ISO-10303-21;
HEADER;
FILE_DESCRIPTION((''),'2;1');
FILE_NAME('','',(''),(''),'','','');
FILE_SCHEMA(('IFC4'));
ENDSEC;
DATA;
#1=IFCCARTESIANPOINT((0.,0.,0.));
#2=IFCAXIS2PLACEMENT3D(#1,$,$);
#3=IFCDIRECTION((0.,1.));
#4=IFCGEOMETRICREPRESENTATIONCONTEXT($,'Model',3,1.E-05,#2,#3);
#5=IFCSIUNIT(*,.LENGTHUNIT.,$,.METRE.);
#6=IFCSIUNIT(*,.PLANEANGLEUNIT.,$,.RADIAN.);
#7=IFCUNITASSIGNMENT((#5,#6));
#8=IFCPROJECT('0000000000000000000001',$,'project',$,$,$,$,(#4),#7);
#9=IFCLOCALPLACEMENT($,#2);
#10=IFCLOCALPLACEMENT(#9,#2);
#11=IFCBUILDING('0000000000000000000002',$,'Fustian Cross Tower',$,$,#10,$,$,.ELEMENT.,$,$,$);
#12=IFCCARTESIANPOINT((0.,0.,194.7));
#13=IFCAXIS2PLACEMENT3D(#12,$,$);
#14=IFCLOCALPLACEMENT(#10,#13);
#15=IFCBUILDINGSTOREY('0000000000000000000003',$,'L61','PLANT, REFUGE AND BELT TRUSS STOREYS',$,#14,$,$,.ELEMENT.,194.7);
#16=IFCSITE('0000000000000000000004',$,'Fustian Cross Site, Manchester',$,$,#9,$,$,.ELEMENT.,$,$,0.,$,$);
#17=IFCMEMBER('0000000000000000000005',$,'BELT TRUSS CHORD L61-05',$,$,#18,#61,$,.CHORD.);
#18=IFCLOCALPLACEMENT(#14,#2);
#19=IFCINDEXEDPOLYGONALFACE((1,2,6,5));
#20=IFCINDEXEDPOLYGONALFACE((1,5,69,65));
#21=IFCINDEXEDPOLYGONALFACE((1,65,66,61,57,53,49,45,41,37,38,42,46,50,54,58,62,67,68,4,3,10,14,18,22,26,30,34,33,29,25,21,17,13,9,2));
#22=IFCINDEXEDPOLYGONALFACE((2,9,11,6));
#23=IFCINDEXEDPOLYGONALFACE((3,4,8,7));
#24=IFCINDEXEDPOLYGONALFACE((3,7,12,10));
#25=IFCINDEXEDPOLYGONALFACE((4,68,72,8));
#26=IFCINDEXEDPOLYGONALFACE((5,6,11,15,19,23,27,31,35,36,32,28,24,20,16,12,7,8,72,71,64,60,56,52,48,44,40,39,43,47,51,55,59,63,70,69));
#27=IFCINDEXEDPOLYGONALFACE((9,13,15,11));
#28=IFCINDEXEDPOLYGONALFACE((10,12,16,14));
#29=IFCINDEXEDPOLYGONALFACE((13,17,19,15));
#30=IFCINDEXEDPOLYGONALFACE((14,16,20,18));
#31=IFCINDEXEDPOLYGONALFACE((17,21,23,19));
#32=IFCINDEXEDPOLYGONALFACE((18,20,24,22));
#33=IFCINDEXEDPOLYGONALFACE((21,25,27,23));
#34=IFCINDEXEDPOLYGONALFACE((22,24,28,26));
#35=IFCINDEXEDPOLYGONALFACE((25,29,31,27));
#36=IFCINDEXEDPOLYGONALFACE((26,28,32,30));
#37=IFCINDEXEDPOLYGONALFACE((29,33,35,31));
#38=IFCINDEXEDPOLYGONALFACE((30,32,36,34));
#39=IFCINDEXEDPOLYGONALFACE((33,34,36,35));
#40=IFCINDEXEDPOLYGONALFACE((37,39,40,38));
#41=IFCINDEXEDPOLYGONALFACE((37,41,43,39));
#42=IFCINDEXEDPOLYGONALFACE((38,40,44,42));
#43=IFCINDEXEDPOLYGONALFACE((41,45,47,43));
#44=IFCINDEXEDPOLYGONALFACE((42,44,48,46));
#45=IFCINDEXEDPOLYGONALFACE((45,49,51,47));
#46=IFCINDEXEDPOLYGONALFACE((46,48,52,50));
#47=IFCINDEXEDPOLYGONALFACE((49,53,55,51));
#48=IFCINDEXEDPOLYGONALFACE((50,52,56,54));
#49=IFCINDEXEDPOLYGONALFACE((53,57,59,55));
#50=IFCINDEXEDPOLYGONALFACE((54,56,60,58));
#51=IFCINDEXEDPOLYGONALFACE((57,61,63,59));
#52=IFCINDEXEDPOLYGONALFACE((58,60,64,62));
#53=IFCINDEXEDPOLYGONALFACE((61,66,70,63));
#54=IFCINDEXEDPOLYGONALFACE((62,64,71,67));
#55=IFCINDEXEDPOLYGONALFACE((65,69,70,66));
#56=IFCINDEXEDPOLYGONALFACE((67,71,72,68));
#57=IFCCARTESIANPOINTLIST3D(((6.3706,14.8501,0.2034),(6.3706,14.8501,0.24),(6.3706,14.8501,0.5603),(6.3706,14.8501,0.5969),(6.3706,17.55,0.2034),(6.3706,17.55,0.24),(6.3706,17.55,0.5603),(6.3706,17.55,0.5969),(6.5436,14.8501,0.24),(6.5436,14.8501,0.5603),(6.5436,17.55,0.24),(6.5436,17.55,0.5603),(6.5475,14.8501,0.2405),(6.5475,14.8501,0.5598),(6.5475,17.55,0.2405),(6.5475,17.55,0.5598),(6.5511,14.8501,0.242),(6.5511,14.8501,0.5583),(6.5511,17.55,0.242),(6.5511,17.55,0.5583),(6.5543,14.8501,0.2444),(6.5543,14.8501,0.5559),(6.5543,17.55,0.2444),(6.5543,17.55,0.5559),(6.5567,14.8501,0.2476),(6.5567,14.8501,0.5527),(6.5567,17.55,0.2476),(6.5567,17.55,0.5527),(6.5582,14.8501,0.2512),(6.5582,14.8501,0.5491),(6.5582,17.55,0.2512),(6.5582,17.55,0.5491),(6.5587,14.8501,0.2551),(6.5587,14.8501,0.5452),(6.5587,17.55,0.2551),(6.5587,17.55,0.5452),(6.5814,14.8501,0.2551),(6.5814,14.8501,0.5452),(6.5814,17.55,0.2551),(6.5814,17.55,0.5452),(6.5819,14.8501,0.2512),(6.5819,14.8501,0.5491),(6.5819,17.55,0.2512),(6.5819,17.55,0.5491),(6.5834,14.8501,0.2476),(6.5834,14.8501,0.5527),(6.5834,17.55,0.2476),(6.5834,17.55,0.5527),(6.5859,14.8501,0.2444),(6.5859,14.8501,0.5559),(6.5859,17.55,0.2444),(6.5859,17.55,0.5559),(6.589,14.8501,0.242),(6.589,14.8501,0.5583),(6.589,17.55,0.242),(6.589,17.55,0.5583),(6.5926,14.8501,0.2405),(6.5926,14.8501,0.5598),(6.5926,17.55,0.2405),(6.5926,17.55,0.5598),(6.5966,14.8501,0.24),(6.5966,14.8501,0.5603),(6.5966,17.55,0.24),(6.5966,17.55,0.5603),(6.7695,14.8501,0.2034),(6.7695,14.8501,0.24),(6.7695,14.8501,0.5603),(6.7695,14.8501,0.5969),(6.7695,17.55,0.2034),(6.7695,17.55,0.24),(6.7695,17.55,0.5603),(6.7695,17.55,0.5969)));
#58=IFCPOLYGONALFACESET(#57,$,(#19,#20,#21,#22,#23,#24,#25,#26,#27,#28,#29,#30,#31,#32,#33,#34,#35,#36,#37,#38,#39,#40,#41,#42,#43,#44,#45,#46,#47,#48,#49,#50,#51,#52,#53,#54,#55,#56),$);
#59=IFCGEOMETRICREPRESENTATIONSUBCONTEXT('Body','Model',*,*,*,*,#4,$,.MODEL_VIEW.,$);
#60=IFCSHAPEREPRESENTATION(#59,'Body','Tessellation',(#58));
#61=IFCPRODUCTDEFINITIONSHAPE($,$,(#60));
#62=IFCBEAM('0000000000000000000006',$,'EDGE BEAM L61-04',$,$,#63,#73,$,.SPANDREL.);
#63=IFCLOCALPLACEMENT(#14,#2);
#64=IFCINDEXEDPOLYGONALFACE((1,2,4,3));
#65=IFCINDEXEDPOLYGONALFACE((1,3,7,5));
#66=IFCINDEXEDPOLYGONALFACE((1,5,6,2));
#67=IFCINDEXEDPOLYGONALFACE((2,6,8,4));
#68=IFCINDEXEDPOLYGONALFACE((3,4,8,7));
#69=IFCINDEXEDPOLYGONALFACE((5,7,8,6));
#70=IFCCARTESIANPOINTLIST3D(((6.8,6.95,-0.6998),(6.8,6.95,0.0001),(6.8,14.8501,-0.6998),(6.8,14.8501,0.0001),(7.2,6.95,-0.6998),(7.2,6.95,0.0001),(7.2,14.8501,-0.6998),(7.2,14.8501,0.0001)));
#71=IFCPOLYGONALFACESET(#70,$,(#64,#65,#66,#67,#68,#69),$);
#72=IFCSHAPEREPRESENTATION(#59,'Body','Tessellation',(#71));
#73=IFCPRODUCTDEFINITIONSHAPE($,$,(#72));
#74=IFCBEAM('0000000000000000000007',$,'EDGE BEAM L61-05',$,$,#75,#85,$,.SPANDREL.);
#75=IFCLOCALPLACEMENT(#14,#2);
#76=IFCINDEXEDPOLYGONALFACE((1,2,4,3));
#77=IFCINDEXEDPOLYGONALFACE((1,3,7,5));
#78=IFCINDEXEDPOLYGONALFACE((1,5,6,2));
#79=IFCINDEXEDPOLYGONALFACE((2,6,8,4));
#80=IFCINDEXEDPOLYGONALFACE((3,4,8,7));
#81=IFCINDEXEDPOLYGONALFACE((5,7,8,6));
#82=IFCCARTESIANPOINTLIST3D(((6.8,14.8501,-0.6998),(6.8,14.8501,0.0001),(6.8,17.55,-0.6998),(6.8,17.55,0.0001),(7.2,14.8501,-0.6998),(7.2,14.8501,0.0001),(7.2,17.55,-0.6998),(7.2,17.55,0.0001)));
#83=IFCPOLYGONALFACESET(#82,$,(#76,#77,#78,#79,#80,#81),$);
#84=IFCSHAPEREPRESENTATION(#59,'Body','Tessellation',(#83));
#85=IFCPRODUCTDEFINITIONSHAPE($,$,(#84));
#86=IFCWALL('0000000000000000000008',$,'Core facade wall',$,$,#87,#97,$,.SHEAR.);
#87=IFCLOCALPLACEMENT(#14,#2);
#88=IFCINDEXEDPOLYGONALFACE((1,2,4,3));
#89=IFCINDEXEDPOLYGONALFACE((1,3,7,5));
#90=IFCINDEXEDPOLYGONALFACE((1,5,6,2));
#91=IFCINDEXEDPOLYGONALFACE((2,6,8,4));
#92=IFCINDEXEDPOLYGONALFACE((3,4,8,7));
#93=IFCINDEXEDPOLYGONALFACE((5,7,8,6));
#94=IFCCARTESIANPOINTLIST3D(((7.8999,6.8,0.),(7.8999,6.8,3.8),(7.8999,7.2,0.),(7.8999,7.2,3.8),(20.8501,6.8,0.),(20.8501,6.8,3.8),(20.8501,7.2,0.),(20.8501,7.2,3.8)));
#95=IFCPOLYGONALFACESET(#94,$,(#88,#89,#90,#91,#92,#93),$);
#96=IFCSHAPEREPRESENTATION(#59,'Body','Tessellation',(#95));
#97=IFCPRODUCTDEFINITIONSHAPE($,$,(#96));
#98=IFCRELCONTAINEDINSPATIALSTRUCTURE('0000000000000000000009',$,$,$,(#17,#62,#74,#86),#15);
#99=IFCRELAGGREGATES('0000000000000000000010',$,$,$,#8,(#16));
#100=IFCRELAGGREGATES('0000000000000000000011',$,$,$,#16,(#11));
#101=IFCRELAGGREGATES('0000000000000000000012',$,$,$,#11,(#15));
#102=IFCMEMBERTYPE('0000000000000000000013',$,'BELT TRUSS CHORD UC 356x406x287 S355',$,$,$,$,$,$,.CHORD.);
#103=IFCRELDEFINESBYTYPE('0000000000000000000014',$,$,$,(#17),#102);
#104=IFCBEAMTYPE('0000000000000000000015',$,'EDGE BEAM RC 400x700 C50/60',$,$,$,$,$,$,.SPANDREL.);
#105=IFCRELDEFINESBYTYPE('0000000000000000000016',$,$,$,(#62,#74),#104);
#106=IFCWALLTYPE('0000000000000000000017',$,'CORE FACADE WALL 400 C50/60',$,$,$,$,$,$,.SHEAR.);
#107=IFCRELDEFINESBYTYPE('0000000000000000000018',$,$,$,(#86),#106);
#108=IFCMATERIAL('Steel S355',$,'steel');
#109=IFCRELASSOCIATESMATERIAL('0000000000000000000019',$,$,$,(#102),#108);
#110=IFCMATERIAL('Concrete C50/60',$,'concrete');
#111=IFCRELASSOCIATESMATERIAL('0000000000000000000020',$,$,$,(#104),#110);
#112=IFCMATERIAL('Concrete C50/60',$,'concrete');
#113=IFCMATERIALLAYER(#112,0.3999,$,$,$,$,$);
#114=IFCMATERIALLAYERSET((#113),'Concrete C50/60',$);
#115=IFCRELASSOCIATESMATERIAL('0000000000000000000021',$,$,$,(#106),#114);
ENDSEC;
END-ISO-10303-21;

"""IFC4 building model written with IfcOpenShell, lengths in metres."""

from ifc_helpers import new_model, si_unit, direction, frame, frame_2d, origin, origin_2d, place, context, subcontext, project, spatial, rectangle, i_section, extrude, material, layer, layer_set, material_profile, profile_set, type_object, element, save


model = new_model("IFC4")

# Units and contexts
model_context = context("Model", 3, precision=1e-05, world=origin(), true_north=direction((0.0, 1.0)))
body_context = subcontext(model_context, "Body", "Model", "MODEL_VIEW")
ifc_project = project(units=[si_unit("LENGTHUNIT", "METRE"), si_unit("PLANEANGLEUNIT", "RADIAN")], contexts=[model_context])

# Site, building, storey
site_placement = place(None, origin())
site = spatial("IfcSite", under=ifc_project, at=site_placement, Name="Fustian Cross Site, Manchester", CompositionType="ELEMENT", RefElevation=0.0)
building_placement = place(site_placement, origin())
building = spatial("IfcBuilding", under=site, at=building_placement, Name="Fustian Cross Tower", CompositionType="ELEMENT")
storey_placement = place(building_placement, frame((0.0, 0.0, 194.7)))
storey = spatial("IfcBuildingStorey", under=building, at=storey_placement, Name="L61", Description="PLANT, REFUGE AND BELT TRUSS STOREYS", CompositionType="ELEMENT", Elevation=194.7)

# Member
ifc_material_1 = material(Name="Steel S355", Category="steel")
ifc_material_profile_1 = material_profile(ifc_material_1, i_section(OverallWidth=0.3989, OverallDepth=0.3936, WebThickness=0.0227, FlangeThickness=0.0366, FilletRadius=0.0151, at=origin_2d()), Name="UC 356x406x287")
ifc_profile_set_1 = profile_set([ifc_material_profile_1], Name="Steel S355")
member_type_1 = type_object("IfcMemberType", Name="BELT TRUSS CHORD UC 356x406x287 S355", PredefinedType="CHORD", material=ifc_profile_set_1)
for number, where, z_axis, x_axis, name in (
    (1, (6.5701, 14.8501, 0.4001), (0.0, 1.0, 0.0), (-1.0, 0.0, 0.0), "BELT TRUSS CHORD L61-05"),
):
    element("IfcMember", number, at=place(storey_placement, frame(where, z_axis=z_axis, x_axis=x_axis)), inside=storey, type_object=member_type_1, Name=name, PredefinedType="CHORD", context=body_context, shape_type="SweptSolid", body=[
        extrude(i_section(OverallWidth=0.3989, OverallDepth=0.3936, WebThickness=0.0227, FlangeThickness=0.0366, FilletRadius=0.0151, at=origin_2d()), origin(), (0.0, 0.0, 1.0), 2.7),
    ])

# Beams
ifc_material_2 = material(Name="Concrete C50/60", Category="concrete")
ifc_material_profile_2 = material_profile(ifc_material_2, rectangle(XDim=0.3999, YDim=0.7, at=origin_2d()), Name="RC 400x700")
ifc_profile_set_2 = profile_set([ifc_material_profile_2], Name="Concrete C50/60")
beam_type = type_object("IfcBeamType", Name="EDGE BEAM RC 400x700 C50/60", PredefinedType="SPANDREL", material=ifc_profile_set_2)
beam_1_placement = place(storey_placement, frame((7.0, 6.95, -0.3499), z_axis=(0.0, 1.0, 0.0), x_axis=(-1.0, 0.0, 0.0)))
element("IfcBeam", 2, at=beam_1_placement, inside=storey, type_object=beam_type, Name="EDGE BEAM L61-04", PredefinedType="SPANDREL", context=body_context, shape_type="SweptSolid", body=[
    extrude(rectangle(XDim=0.3999, YDim=0.7, at=origin_2d()), origin(), (0.0, 0.0, 1.0), 7.9001),
])
beam_2_placement = place(storey_placement, frame((7.0, 14.8501, -0.3499), z_axis=(0.0, 1.0, 0.0), x_axis=(-1.0, 0.0, 0.0)))
element("IfcBeam", 3, at=beam_2_placement, inside=storey, type_object=beam_type, Name="EDGE BEAM L61-05", PredefinedType="SPANDREL", context=body_context, shape_type="SweptSolid", body=[
    extrude(rectangle(XDim=0.3999, YDim=0.7, at=origin_2d()), origin(), (0.0, 0.0, 1.0), 2.7),
])

# Wall
ifc_material_3 = material(Name="Concrete C50/60", Category="concrete")
ifc_layer_1 = layer(ifc_material_3, 0.3999)
ifc_layer_set_1 = layer_set([ifc_layer_1], Name="Concrete C50/60")
wall_type_1 = type_object("IfcWallType", Name="CORE FACADE WALL 400 C50/60", PredefinedType="SHEAR", material=ifc_layer_set_1)
wall_1_placement = place(storey_placement, frame((7.8999, 7.0, 0.0), z_axis=(0.0, 0.0, 1.0), x_axis=(1.0, 0.0, 0.0)))
element("IfcWall", 4, at=wall_1_placement, inside=storey, type_object=wall_type_1, Name="Core facade wall", PredefinedType="SHEAR", context=body_context, shape_type="SweptSolid", body=[
    extrude(rectangle(XDim=12.9502, YDim=0.3999, at=frame_2d((6.4751, 0.0))), origin(), (0.0, 0.0, 1.0), 3.8),
])

save(model, "model.ifc")
